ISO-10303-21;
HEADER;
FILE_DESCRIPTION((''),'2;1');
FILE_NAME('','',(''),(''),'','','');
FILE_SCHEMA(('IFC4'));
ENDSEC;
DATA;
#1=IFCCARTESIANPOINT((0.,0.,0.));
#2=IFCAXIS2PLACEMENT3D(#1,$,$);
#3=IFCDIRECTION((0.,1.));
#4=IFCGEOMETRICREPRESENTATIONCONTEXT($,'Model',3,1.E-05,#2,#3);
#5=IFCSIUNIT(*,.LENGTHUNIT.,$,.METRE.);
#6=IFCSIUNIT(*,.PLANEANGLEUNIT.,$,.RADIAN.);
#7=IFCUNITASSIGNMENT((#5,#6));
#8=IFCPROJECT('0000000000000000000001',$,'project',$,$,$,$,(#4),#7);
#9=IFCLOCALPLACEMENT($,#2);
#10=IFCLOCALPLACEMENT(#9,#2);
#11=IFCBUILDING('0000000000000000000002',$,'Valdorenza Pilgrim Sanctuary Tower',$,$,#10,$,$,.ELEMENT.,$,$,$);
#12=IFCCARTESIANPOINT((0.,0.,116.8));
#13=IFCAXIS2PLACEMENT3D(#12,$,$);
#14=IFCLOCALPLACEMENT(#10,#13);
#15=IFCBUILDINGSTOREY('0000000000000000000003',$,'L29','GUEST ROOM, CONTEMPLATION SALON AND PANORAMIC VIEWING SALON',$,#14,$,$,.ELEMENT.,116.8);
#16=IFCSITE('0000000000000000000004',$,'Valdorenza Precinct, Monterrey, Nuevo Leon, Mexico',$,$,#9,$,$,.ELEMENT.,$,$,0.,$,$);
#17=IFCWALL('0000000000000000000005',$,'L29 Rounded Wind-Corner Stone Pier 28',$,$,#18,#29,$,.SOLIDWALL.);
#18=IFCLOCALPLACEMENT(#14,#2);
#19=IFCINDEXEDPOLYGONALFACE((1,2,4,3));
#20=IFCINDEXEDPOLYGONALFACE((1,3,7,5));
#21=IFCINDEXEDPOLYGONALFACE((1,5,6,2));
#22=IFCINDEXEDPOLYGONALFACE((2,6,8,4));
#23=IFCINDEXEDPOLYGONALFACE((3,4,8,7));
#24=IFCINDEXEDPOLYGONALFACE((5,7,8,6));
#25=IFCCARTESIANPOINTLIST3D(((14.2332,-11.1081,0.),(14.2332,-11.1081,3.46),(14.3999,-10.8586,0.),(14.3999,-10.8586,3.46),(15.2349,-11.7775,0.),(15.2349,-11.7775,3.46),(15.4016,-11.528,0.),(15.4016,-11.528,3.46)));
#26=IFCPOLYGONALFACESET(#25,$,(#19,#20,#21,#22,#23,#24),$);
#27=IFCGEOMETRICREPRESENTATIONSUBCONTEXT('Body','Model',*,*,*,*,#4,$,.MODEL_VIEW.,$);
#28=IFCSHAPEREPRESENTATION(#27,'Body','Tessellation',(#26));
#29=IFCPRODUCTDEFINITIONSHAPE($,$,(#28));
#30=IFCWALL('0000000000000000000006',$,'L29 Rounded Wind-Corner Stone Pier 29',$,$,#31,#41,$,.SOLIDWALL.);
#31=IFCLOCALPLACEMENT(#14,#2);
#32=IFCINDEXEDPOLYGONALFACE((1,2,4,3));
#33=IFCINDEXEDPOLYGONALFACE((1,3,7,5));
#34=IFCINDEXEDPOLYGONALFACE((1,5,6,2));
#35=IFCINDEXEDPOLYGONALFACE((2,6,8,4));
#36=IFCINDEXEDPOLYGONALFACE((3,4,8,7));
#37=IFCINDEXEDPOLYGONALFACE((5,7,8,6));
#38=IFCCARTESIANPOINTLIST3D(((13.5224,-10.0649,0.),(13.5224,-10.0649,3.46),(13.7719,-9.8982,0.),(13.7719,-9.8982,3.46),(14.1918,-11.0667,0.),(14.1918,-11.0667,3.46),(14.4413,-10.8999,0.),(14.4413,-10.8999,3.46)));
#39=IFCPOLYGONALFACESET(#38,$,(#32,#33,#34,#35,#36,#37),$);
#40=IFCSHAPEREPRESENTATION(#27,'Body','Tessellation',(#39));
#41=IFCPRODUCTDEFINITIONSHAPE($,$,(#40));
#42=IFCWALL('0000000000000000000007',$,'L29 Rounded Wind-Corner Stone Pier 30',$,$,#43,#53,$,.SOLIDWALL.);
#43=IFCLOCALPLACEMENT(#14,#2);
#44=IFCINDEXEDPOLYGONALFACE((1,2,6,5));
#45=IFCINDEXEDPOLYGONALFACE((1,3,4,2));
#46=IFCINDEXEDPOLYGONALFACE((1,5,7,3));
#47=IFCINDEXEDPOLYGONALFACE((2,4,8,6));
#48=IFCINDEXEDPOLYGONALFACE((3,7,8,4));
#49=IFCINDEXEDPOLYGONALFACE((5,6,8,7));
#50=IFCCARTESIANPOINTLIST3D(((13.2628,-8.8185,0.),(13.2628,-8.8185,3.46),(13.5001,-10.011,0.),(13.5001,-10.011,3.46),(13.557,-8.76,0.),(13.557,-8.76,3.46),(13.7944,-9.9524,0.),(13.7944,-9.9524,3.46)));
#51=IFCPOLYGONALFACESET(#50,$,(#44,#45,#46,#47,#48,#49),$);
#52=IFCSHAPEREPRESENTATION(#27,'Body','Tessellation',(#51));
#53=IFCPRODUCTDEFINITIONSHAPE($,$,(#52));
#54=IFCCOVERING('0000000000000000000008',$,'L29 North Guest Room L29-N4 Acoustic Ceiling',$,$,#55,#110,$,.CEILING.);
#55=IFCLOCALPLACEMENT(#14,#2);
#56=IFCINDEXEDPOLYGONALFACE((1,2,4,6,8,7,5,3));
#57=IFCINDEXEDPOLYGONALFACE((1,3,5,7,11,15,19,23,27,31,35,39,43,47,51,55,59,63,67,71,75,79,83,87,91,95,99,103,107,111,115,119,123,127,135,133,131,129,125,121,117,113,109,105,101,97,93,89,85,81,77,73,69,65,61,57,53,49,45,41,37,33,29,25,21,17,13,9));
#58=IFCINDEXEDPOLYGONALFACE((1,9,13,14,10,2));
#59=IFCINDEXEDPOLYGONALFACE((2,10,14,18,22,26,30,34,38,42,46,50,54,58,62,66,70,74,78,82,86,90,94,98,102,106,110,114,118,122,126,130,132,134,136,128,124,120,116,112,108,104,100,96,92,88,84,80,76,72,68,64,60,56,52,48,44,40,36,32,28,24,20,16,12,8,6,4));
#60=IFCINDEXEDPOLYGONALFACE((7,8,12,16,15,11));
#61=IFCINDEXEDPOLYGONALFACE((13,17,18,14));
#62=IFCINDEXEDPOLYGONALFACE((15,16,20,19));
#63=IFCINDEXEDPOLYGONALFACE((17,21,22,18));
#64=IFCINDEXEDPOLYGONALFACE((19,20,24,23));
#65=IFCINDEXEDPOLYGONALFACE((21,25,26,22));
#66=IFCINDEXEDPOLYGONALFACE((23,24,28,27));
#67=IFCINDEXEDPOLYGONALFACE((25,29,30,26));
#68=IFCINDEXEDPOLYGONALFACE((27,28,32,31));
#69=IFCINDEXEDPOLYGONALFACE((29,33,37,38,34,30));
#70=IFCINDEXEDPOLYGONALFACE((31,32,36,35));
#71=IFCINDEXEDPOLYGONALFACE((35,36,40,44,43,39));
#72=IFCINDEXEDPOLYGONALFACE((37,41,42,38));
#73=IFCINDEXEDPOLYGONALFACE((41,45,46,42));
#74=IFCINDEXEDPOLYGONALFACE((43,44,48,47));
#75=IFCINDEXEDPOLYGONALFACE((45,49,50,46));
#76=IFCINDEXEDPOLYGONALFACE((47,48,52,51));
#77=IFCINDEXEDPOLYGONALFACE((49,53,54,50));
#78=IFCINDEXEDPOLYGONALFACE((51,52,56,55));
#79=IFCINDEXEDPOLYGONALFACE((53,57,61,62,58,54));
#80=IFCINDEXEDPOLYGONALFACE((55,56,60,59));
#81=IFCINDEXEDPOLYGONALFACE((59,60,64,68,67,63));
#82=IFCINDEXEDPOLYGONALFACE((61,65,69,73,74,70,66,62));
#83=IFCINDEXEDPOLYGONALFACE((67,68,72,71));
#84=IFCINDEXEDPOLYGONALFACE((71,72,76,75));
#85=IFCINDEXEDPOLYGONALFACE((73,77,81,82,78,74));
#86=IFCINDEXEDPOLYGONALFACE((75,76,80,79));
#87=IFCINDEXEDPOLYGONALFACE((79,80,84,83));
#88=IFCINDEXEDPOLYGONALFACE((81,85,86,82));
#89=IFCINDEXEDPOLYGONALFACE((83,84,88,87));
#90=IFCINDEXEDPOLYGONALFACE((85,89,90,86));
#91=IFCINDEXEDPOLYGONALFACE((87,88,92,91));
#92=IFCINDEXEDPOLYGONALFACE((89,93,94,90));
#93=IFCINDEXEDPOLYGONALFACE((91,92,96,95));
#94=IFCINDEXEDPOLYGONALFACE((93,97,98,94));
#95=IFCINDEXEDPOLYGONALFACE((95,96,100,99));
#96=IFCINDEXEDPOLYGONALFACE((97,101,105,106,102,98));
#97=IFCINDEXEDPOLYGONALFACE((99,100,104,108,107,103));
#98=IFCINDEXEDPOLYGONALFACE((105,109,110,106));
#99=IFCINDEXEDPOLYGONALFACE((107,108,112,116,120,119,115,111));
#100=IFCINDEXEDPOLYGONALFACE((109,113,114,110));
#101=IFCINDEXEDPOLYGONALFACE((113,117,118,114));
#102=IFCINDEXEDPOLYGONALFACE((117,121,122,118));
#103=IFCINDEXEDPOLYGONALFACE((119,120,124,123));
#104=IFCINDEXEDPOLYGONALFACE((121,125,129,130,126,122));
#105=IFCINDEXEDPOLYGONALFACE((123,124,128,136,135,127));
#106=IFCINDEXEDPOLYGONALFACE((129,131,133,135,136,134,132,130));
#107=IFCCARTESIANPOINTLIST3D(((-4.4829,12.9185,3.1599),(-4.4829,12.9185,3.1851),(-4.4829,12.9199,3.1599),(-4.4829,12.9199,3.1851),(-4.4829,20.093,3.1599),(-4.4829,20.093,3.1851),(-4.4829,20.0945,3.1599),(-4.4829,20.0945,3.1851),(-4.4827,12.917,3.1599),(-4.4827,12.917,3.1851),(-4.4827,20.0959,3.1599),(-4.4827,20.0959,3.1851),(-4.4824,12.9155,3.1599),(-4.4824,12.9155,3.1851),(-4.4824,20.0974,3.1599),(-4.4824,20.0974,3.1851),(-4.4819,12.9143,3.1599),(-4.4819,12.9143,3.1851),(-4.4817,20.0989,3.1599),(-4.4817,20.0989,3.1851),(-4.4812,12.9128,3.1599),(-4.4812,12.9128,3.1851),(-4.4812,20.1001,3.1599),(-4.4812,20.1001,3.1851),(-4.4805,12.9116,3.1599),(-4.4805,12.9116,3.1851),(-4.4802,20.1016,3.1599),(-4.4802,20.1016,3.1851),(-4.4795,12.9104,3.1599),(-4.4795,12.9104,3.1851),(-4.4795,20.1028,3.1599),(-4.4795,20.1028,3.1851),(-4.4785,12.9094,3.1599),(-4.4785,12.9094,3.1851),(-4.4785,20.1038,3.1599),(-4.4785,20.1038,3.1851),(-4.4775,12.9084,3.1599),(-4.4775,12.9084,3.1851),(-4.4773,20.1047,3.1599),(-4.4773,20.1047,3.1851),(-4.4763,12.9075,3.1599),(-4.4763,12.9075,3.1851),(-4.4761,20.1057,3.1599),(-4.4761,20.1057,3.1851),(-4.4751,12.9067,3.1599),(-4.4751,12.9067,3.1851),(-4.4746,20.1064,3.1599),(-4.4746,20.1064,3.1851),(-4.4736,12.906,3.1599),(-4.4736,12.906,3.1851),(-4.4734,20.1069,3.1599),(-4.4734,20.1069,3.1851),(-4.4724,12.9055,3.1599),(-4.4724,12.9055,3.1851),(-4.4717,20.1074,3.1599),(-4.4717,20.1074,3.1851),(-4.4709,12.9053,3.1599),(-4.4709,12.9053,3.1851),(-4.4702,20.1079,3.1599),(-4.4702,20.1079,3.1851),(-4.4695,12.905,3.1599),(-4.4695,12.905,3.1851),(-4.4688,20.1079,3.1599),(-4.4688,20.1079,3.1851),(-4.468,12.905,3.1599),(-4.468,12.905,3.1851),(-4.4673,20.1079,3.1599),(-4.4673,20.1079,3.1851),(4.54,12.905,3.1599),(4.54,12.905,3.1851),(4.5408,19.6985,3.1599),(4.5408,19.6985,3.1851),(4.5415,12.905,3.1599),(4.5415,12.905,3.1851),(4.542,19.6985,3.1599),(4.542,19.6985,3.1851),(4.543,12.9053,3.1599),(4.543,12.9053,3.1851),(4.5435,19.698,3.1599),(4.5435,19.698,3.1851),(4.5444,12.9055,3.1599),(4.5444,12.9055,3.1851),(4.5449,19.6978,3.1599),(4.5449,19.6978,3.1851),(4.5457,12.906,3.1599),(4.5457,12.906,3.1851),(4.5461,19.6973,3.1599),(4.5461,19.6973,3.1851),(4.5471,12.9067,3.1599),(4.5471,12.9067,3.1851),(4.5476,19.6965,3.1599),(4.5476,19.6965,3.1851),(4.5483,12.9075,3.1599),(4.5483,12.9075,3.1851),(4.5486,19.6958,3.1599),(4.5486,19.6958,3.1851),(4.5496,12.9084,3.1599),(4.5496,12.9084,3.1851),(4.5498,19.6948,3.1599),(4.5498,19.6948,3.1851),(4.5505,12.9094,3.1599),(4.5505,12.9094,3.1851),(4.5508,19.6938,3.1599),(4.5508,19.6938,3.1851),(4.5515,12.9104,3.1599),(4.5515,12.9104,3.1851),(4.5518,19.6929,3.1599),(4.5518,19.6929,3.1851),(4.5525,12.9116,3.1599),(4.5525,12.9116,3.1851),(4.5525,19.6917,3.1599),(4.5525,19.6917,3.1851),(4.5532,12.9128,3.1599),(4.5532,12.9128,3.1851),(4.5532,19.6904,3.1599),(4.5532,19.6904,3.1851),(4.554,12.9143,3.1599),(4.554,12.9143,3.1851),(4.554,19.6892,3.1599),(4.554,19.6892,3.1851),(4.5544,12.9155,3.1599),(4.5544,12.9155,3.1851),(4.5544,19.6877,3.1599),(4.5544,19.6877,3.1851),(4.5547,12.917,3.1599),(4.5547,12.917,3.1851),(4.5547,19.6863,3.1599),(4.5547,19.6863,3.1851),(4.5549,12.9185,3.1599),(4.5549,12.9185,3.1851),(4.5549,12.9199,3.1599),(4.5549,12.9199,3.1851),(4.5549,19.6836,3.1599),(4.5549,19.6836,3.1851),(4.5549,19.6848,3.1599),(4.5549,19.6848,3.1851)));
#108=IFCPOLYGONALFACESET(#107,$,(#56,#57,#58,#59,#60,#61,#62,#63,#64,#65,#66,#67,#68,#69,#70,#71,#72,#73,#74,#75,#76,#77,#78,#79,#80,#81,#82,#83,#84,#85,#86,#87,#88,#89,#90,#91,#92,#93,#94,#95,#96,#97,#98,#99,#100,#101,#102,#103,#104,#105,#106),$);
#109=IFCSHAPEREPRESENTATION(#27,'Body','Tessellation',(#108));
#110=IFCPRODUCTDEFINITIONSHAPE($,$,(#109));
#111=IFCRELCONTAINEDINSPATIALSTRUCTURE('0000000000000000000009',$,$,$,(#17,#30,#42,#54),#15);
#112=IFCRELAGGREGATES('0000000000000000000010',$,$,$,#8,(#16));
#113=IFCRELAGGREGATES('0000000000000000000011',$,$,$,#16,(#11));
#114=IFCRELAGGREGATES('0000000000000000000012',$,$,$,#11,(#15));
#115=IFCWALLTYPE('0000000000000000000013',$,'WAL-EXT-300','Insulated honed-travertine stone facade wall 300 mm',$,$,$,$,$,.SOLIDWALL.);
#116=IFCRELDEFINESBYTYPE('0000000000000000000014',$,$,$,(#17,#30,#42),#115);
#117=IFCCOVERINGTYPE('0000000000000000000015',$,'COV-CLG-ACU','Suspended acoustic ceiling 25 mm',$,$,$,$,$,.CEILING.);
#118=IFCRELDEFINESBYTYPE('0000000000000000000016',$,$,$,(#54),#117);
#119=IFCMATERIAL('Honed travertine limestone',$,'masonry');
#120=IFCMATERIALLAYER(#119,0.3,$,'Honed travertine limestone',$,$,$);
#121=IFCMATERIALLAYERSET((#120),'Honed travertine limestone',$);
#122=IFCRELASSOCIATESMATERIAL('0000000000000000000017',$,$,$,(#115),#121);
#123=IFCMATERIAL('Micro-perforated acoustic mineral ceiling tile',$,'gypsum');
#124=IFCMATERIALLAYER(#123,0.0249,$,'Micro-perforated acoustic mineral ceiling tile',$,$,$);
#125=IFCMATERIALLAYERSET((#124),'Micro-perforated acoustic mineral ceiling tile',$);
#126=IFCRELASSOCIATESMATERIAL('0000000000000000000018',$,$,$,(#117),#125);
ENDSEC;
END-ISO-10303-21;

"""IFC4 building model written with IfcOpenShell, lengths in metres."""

from ifc_helpers import new_model, si_unit, direction, frame, frame_2d, origin, place, context, subcontext, project, spatial, polyline, rectangle, outline, extrude, material, layer, layer_set, type_object, element, save


model = new_model("IFC4")

# Units and contexts
model_context = context("Model", 3, precision=1e-05, world=origin(), true_north=direction((0.0, 1.0)))
body_context = subcontext(model_context, "Body", "Model", "MODEL_VIEW")
ifc_project = project(units=[si_unit("LENGTHUNIT", "METRE"), si_unit("PLANEANGLEUNIT", "RADIAN")], contexts=[model_context])

# Site, building, storey
site_placement = place(None, origin())
site = spatial("IfcSite", under=ifc_project, at=site_placement, Name="Valdorenza Precinct, Monterrey, Nuevo Leon, Mexico", CompositionType="ELEMENT", RefElevation=0.0)
building_placement = place(site_placement, origin())
building = spatial("IfcBuilding", under=site, at=building_placement, Name="Valdorenza Pilgrim Sanctuary Tower", CompositionType="ELEMENT")
storey_placement = place(building_placement, frame((0.0, 0.0, 116.8)))
storey = spatial("IfcBuildingStorey", under=building, at=storey_placement, Name="L29", Description="GUEST ROOM, CONTEMPLATION SALON AND PANORAMIC VIEWING SALON", CompositionType="ELEMENT", Elevation=116.8)

# Shared definitions
ifc_material_1 = material(Name="Honed travertine limestone", Category="masonry")

# Walls
ifc_layer_1 = layer(ifc_material_1, 0.3, Name="Honed travertine limestone")
ifc_layer_set_1 = layer_set([ifc_layer_1], Name="Honed travertine limestone")
wall_type_1 = type_object("IfcWallType", Name="WAL-EXT-300", Description="Insulated honed-travertine stone facade wall 300 mm", PredefinedType="SOLIDWALL", material=ifc_layer_set_1)
for number, where, z_axis, x_axis, name in (
    (1, (15.3184, -11.6528, 0.0), (0.0, 0.0, 1.0), (-0.831426, 0.555635, 0.0), "L29 Rounded Wind-Corner Stone Pier 28"),
    (2, (14.3167, -10.9834, 0.0), (0.0, 0.0, 1.0), (-0.555635, 0.831426, 0.0), "L29 Rounded Wind-Corner Stone Pier 29"),
):
    element("IfcWall", number, at=place(storey_placement, frame(where, z_axis=z_axis, x_axis=x_axis)), inside=storey, type_object=wall_type_1, Name=name, PredefinedType="SOLIDWALL", context=body_context, shape_type="SweptSolid", body=[
        extrude(rectangle(XDim=1.2048, YDim=0.3, at=frame_2d((0.6025, 0.0))), origin(), (0.0, 0.0, 1.0), 3.46),
    ])
wall_1_placement = place(storey_placement, frame((13.6472, -9.9817, 0.0), z_axis=(0.0, 0.0, 1.0), x_axis=(-0.195189, 0.980766, 0.0)))
element("IfcWall", 3, at=wall_1_placement, inside=storey, type_object=wall_type_1, Name="L29 Rounded Wind-Corner Stone Pier 30", PredefinedType="SOLIDWALL", context=body_context, shape_type="SweptSolid", body=[
    extrude(rectangle(XDim=1.2158, YDim=0.3, at=frame_2d((0.6079, 0.0))), origin(), (0.0, 0.0, 1.0), 3.46),
])

# Covering
ifc_material_2 = material(Name="Micro-perforated acoustic mineral ceiling tile", Category="gypsum")
ifc_layer_2 = layer(ifc_material_2, 0.0249, Name="Micro-perforated acoustic mineral ceiling tile")
ifc_layer_set_2 = layer_set([ifc_layer_2], Name="Micro-perforated acoustic mineral ceiling tile")
covering_type_1 = type_object("IfcCoveringType", Name="COV-CLG-ACU", Description="Suspended acoustic ceiling 25 mm", PredefinedType="CEILING", material=ifc_layer_set_2)
covering_1_placement = place(storey_placement, frame((0.0, 0.0, 3.1599)))
element("IfcCovering", 4, at=covering_1_placement, inside=storey, type_object=covering_type_1, Name="L29 North Guest Room L29-N4 Acoustic Ceiling", PredefinedType="CEILING", context=body_context, shape_type="SweptSolid", body=[
    extrude(outline(polyline([(4.5408, 19.6985), (4.542, 19.6985), (4.5435, 19.698), (4.5449, 19.6978), (4.5461, 19.6973), (4.5476, 19.6965), (4.5486, 19.6958), (4.5498, 19.6948), (4.5508, 19.6938), (4.5518, 19.6929), (4.5525, 19.6917), (4.5532, 19.6904), (4.554, 19.6892), (4.5544, 19.6877), (4.5547, 19.6863), (4.5549, 19.6848), (4.5549, 19.6836), (4.5549, 12.9199), (4.5549, 12.9185), (4.5547, 12.917), (4.5544, 12.9155), (4.554, 12.9143), (4.5532, 12.9128), (4.5525, 12.9116), (4.5515, 12.9104), (4.5505, 12.9094), (4.5496, 12.9084), (4.5483, 12.9075), (4.5471, 12.9067), (4.5457, 12.906), (4.5444, 12.9055), (4.543, 12.9053), (4.5415, 12.905), (4.54, 12.905), (-4.468, 12.905), (-4.4695, 12.905), (-4.4709, 12.9053), (-4.4724, 12.9055), (-4.4736, 12.906), (-4.4751, 12.9067), (-4.4763, 12.9075), (-4.4775, 12.9084), (-4.4785, 12.9094), (-4.4795, 12.9104), (-4.4805, 12.9116), (-4.4812, 12.9128), (-4.4819, 12.9143), (-4.4824, 12.9155), (-4.4827, 12.917), (-4.4829, 12.9185), (-4.4829, 12.9199), (-4.4829, 20.093), (-4.4829, 20.0945), (-4.4827, 20.0959), (-4.4824, 20.0974), (-4.4817, 20.0989), (-4.4812, 20.1001), (-4.4802, 20.1016), (-4.4795, 20.1028), (-4.4785, 20.1038), (-4.4773, 20.1047), (-4.4761, 20.1057), (-4.4746, 20.1064), (-4.4734, 20.1069), (-4.4717, 20.1074), (-4.4702, 20.1079), (-4.4688, 20.1079), (-4.4673, 20.1079), (4.5408, 19.6985)])), origin(), (0.0, 0.0, 1.0), 0.0251),
])

save(model, "model.ifc")
